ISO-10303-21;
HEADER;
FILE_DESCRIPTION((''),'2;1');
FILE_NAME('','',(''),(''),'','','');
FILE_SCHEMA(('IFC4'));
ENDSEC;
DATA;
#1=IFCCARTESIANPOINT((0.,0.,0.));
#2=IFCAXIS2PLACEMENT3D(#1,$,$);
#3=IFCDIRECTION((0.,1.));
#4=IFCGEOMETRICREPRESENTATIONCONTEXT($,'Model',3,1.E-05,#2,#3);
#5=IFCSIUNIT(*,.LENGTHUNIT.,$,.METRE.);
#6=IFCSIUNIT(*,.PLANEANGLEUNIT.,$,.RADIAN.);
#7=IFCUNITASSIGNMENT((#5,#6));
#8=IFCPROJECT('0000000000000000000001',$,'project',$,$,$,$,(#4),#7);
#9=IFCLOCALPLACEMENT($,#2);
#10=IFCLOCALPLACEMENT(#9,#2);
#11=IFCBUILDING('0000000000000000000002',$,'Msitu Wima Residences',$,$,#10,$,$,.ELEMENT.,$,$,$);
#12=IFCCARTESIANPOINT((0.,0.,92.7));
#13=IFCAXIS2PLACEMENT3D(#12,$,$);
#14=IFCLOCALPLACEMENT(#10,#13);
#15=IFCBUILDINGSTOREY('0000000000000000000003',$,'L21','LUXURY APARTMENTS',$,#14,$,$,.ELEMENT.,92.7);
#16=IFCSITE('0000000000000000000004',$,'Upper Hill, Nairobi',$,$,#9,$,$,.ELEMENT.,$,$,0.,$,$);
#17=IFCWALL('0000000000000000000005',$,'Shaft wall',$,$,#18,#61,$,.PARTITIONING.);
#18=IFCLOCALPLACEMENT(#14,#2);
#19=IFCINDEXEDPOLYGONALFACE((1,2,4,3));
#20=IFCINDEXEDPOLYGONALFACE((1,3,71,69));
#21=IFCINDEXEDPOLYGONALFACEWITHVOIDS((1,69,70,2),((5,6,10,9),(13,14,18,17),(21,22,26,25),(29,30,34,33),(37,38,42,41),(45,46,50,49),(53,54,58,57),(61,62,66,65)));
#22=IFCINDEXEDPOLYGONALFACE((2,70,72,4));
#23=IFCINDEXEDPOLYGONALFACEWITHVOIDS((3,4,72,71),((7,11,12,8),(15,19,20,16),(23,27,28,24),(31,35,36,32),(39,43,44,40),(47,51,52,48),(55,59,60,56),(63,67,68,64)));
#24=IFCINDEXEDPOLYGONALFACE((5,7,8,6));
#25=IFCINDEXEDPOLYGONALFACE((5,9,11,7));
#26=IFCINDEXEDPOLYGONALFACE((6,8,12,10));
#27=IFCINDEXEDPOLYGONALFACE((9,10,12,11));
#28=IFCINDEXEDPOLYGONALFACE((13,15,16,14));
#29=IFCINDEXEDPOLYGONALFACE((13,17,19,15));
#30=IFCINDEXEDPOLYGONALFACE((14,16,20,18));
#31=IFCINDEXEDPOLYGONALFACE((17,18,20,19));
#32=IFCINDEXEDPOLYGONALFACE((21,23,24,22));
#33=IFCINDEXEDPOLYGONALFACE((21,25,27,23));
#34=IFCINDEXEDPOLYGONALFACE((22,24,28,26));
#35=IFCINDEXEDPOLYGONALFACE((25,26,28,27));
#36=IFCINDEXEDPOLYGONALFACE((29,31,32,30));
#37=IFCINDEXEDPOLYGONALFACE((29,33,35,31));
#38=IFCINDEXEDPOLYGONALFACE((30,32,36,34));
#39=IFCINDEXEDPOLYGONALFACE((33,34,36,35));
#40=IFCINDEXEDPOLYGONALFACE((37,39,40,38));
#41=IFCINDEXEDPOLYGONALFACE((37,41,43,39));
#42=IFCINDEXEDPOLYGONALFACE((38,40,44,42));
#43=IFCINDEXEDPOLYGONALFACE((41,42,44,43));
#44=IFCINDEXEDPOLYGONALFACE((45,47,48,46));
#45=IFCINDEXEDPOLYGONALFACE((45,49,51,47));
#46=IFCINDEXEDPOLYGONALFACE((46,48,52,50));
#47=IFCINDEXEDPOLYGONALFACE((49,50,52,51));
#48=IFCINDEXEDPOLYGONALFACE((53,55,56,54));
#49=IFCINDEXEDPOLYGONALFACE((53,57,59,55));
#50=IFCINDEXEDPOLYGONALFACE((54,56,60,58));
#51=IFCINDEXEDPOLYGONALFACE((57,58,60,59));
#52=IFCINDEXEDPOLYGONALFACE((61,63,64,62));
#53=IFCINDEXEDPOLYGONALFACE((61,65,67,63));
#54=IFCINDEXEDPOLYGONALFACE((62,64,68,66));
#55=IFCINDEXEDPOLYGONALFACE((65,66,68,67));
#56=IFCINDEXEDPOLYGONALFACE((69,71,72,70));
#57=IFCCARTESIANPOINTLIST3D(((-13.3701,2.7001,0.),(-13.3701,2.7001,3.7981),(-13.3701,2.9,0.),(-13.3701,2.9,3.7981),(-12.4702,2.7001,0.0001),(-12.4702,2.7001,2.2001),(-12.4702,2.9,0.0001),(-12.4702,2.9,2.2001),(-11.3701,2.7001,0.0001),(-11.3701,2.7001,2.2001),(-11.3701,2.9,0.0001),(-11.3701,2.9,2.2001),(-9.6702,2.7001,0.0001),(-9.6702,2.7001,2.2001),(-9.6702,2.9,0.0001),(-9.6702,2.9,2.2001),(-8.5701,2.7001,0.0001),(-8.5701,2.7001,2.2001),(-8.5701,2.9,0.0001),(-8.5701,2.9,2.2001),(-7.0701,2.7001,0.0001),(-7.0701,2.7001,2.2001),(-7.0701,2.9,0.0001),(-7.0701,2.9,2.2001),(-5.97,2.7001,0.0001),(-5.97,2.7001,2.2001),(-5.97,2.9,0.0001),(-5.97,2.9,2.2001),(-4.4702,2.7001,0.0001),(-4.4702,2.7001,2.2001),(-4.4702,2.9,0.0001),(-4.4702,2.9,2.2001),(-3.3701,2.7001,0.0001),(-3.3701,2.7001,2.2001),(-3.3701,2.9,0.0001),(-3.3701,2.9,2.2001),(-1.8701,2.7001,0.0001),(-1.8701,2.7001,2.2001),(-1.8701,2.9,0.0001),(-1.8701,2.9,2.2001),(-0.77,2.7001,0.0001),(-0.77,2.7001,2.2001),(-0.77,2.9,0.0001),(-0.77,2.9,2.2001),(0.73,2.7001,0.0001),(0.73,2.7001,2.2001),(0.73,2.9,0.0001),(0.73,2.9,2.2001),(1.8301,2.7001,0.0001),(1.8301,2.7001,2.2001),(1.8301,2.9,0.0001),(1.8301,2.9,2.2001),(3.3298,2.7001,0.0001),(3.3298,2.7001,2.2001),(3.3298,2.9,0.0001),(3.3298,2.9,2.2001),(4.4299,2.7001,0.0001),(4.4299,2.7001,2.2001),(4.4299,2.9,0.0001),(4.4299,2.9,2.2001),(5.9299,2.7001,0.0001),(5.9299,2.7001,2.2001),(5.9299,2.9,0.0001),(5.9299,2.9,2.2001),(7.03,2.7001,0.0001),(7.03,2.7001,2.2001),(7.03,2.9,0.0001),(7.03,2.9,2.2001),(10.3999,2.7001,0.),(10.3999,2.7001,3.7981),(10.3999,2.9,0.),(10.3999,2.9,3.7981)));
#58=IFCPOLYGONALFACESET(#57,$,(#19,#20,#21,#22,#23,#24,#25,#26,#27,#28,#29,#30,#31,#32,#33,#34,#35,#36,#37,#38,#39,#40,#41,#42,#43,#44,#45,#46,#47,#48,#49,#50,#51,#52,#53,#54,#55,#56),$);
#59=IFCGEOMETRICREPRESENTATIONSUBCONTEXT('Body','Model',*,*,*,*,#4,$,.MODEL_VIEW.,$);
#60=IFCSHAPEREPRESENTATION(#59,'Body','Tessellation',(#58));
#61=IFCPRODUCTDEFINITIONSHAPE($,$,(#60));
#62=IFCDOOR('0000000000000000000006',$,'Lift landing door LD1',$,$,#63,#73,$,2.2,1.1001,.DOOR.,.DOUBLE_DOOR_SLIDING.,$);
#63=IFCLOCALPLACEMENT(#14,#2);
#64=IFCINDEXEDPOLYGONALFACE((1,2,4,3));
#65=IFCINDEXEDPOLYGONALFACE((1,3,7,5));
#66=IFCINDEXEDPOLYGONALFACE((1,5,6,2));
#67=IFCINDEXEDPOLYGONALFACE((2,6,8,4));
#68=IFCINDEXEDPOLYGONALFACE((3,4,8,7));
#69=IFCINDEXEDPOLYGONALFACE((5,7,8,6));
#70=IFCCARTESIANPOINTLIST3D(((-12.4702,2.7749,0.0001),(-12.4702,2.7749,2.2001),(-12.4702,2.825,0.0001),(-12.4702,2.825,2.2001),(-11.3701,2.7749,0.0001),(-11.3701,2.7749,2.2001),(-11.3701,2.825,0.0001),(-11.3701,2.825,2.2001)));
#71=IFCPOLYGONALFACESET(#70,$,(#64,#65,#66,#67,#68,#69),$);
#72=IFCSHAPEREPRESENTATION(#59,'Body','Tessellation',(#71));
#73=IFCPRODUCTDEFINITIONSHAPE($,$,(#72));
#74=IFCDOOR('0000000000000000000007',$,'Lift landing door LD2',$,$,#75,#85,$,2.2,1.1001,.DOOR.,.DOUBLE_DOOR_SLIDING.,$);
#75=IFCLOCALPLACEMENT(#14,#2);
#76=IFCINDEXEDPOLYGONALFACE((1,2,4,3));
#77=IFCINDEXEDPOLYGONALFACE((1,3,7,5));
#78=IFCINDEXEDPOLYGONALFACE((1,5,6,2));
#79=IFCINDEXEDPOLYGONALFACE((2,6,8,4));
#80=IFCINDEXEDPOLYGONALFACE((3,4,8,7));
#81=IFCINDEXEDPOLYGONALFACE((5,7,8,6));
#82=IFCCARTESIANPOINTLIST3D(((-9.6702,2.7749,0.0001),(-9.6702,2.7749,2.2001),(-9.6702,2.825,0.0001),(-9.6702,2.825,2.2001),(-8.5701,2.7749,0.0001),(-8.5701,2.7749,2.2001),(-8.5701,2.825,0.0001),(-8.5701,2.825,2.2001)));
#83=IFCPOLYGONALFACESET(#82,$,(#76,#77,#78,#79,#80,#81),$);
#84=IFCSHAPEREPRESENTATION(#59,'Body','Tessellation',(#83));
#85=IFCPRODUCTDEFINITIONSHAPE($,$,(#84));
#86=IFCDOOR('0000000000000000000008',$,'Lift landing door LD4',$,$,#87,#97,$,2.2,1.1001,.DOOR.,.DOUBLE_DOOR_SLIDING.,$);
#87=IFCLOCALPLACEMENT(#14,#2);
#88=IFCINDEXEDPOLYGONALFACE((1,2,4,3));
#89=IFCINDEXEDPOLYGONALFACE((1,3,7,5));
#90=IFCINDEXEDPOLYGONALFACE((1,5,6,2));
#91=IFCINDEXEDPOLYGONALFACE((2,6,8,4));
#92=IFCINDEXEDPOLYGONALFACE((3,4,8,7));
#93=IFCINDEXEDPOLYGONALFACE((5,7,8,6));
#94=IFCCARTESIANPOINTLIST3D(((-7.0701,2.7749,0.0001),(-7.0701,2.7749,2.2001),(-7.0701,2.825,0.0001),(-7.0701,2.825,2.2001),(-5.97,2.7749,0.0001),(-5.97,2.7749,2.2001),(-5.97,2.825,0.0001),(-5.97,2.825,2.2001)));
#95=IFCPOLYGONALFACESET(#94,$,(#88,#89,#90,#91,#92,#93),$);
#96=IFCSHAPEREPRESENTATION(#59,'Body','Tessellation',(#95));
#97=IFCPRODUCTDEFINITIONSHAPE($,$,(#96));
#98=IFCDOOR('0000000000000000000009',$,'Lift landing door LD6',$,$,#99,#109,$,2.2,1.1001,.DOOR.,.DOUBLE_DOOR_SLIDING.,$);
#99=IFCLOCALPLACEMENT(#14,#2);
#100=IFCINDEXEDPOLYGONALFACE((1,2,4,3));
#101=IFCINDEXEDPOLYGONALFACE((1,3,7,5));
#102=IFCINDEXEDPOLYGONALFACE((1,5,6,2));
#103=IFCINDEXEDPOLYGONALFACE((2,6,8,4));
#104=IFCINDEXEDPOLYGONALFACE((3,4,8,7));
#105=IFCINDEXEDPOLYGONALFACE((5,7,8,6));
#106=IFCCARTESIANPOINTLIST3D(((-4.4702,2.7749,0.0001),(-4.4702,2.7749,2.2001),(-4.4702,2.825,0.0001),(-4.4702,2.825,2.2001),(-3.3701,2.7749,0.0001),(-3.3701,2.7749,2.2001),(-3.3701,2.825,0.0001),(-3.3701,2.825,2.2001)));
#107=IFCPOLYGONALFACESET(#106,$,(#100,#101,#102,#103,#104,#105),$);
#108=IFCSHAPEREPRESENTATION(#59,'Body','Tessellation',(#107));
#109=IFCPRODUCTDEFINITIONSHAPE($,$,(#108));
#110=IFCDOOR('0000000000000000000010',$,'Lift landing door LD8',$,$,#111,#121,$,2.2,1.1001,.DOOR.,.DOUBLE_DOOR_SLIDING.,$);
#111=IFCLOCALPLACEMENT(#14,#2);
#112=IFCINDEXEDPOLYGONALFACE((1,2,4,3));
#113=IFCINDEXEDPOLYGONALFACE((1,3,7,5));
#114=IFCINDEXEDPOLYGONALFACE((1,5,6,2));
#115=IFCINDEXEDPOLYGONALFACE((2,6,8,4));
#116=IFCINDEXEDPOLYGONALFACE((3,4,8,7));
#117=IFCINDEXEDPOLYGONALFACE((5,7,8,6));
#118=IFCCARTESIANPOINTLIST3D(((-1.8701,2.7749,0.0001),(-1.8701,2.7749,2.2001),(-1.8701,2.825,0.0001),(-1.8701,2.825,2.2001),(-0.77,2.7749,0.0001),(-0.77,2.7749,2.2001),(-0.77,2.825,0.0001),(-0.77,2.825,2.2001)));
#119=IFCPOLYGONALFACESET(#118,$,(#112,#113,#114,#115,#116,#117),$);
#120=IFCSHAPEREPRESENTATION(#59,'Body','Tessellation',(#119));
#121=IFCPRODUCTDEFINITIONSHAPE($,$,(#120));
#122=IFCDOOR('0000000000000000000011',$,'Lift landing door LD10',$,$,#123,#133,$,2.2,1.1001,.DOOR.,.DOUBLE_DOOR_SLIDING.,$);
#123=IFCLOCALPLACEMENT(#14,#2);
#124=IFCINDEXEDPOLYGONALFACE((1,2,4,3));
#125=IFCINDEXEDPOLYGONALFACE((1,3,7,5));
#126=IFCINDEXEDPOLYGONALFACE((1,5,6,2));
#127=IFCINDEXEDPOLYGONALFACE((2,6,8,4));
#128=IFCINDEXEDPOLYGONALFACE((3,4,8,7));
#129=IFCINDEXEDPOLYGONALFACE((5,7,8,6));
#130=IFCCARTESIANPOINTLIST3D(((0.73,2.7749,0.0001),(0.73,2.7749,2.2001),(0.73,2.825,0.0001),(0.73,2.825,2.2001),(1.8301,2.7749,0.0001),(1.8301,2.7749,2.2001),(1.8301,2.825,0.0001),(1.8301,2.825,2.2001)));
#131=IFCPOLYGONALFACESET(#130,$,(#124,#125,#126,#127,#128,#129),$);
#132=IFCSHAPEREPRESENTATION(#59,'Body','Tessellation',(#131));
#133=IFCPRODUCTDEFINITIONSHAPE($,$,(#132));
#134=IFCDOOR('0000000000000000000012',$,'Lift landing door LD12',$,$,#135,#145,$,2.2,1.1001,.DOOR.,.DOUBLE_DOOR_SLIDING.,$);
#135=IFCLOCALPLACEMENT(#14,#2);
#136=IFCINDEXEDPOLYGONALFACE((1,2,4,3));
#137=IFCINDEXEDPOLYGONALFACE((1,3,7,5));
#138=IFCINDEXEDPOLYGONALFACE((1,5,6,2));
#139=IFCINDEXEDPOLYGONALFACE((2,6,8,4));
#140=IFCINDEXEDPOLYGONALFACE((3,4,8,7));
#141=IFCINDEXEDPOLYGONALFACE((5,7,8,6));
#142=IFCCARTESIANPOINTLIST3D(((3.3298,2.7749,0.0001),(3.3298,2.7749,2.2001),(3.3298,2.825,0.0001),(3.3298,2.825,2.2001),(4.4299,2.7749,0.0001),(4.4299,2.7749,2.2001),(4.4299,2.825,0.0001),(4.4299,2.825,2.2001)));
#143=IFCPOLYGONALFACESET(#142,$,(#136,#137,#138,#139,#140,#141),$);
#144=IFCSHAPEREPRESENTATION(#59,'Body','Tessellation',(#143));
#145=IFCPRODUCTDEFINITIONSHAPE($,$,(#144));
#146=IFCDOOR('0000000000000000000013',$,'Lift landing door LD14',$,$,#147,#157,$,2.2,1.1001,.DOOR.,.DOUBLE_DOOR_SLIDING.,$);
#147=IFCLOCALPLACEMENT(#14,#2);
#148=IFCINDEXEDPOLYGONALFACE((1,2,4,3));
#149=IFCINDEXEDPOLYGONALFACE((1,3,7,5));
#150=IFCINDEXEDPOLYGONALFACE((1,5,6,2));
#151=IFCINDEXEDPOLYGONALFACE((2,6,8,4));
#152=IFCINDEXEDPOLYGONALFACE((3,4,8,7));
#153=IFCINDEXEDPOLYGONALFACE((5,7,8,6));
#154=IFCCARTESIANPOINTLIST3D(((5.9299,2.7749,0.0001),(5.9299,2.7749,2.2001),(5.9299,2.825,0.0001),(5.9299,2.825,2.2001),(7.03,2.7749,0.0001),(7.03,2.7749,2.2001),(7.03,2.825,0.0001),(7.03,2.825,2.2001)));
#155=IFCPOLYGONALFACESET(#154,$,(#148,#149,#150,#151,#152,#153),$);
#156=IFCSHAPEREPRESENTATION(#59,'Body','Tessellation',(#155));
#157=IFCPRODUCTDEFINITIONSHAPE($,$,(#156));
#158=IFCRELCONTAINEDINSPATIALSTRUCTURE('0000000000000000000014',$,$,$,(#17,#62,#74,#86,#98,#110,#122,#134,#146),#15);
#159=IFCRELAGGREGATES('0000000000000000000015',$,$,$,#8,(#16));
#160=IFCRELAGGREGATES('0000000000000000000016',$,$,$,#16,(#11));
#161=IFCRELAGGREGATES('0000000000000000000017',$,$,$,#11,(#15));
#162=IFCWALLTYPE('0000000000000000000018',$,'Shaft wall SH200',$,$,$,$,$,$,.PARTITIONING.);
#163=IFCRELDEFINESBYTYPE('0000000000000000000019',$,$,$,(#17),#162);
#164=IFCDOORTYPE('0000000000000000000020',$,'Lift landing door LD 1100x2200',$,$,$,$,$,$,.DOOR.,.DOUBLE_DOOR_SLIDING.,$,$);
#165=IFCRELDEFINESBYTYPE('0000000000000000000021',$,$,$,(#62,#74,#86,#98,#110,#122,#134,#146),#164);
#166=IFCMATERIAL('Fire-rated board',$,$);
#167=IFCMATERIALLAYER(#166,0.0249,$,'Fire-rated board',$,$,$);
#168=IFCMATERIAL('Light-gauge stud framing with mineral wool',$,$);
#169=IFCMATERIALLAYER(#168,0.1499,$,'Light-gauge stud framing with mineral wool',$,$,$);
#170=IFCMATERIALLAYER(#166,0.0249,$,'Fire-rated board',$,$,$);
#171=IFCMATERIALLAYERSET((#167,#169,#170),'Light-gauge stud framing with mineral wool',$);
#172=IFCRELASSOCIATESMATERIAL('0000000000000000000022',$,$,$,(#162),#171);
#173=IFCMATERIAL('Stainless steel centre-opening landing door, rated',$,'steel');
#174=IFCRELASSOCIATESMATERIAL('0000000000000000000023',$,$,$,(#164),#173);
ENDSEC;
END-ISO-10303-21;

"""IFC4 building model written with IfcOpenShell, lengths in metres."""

from ifc_helpers import new_model, si_unit, direction, frame, frame_2d, origin, place, context, subcontext, project, spatial, rectangle, extrude, material, layer, layer_set, type_object, element, fill, save


model = new_model("IFC4")

# Units and contexts
model_context = context("Model", 3, precision=1e-05, world=origin(), true_north=direction((0.0, 1.0)))
body_context = subcontext(model_context, "Body", "Model", "MODEL_VIEW")
ifc_project = project(units=[si_unit("LENGTHUNIT", "METRE"), si_unit("PLANEANGLEUNIT", "RADIAN")], contexts=[model_context])

# Site, building, storey
site_placement = place(None, origin())
site = spatial("IfcSite", under=ifc_project, at=site_placement, Name="Upper Hill, Nairobi", CompositionType="ELEMENT", RefElevation=0.0)
building_placement = place(site_placement, origin())
building = spatial("IfcBuilding", under=site, at=building_placement, Name="Msitu Wima Residences", CompositionType="ELEMENT")
storey_placement = place(building_placement, frame((0.0, 0.0, 92.7)))
storey = spatial("IfcBuildingStorey", under=building, at=storey_placement, Name="L21", Description="LUXURY APARTMENTS", CompositionType="ELEMENT", Elevation=92.7)

# Wall, openings, doors
ifc_material_1 = material(Name="Fire-rated board")
ifc_layer_1 = layer(ifc_material_1, 0.0249, Name="Fire-rated board")
ifc_material_2 = material(Name="Light-gauge stud framing with mineral wool")
ifc_layer_2 = layer(ifc_material_2, 0.1499, Name="Light-gauge stud framing with mineral wool")
ifc_layer_3 = layer(ifc_material_1, 0.0249, Name="Fire-rated board")
ifc_layer_set_1 = layer_set([ifc_layer_1, ifc_layer_2, ifc_layer_3], Name="Light-gauge stud framing with mineral wool")
wall_type_1 = type_object("IfcWallType", Name="Shaft wall SH200", PredefinedType="PARTITIONING", material=ifc_layer_set_1)
wall_1_placement = place(storey_placement, frame((-13.3701, 2.8, 0.0), z_axis=(0.0, 0.0, 1.0), x_axis=(1.0, 0.0, 0.0)))
wall_1 = element("IfcWall", 1, at=wall_1_placement, inside=storey, type_object=wall_type_1, Name="Shaft wall", PredefinedType="PARTITIONING", context=body_context, shape_type="SweptSolid", body=[
    extrude(rectangle(XDim=23.77, YDim=0.2, at=frame_2d((11.885, 0.0))), origin(), (0.0, 0.0, 1.0), 3.7981),
])
opening_1_placement = place(wall_1_placement, frame((0.8999, 0.0, 0.0)))
opening_1 = element("IfcOpeningElement", 2, at=opening_1_placement, cuts=wall_1, PredefinedType="OPENING", context=body_context, shape_type="SweptSolid", body=[
    extrude(rectangle(XDim=1.1001, YDim=2.2, at=frame_2d((0.55, 1.1001))), frame((0.0, 0.1099, 0.0), z_axis=(0.0, -1.0, 0.0), x_axis=(1.0, 0.0, 0.0)), (0.0, 0.0, 1.0), 0.22),
])
opening_2_placement = place(wall_1_placement, frame((3.7, 0.0, 0.0)))
opening_2 = element("IfcOpeningElement", 3, at=opening_2_placement, cuts=wall_1, PredefinedType="OPENING", context=body_context, shape_type="SweptSolid", body=[
    extrude(rectangle(XDim=1.1001, YDim=2.2, at=frame_2d((0.55, 1.1001))), frame((0.0, 0.1099, 0.0), z_axis=(0.0, -1.0, 0.0), x_axis=(1.0, 0.0, 0.0)), (0.0, 0.0, 1.0), 0.22),
])
opening_3_placement = place(wall_1_placement, frame((6.3, 0.0, 0.0)))
opening_3 = element("IfcOpeningElement", 4, at=opening_3_placement, cuts=wall_1, PredefinedType="OPENING", context=body_context, shape_type="SweptSolid", body=[
    extrude(rectangle(XDim=1.1001, YDim=2.2, at=frame_2d((0.55, 1.1001))), frame((0.0, 0.1099, 0.0), z_axis=(0.0, -1.0, 0.0), x_axis=(1.0, 0.0, 0.0)), (0.0, 0.0, 1.0), 0.22),
])
opening_4_placement = place(wall_1_placement, frame((8.8999, 0.0, 0.0)))
opening_4 = element("IfcOpeningElement", 5, at=opening_4_placement, cuts=wall_1, PredefinedType="OPENING", context=body_context, shape_type="SweptSolid", body=[
    extrude(rectangle(XDim=1.1001, YDim=2.2, at=frame_2d((0.55, 1.1001))), frame((0.0, 0.1099, 0.0), z_axis=(0.0, -1.0, 0.0), x_axis=(1.0, 0.0, 0.0)), (0.0, 0.0, 1.0), 0.22),
])
opening_5_placement = place(wall_1_placement, frame((11.5, 0.0, 0.0)))
opening_5 = element("IfcOpeningElement", 6, at=opening_5_placement, cuts=wall_1, PredefinedType="OPENING", context=body_context, shape_type="SweptSolid", body=[
    extrude(rectangle(XDim=1.1001, YDim=2.2, at=frame_2d((0.55, 1.1001))), frame((0.0, 0.1099, 0.0), z_axis=(0.0, -1.0, 0.0), x_axis=(1.0, 0.0, 0.0)), (0.0, 0.0, 1.0), 0.22),
])
opening_6_placement = place(wall_1_placement, frame((14.1001, 0.0, 0.0)))
opening_6 = element("IfcOpeningElement", 7, at=opening_6_placement, cuts=wall_1, PredefinedType="OPENING", context=body_context, shape_type="SweptSolid", body=[
    extrude(rectangle(XDim=1.1001, YDim=2.2, at=frame_2d((0.55, 1.1001))), frame((0.0, 0.1099, 0.0), z_axis=(0.0, -1.0, 0.0), x_axis=(1.0, 0.0, 0.0)), (0.0, 0.0, 1.0), 0.22),
])
opening_7_placement = place(wall_1_placement, frame((16.7, 0.0, 0.0)))
opening_7 = element("IfcOpeningElement", 8, at=opening_7_placement, cuts=wall_1, PredefinedType="OPENING", context=body_context, shape_type="SweptSolid", body=[
    extrude(rectangle(XDim=1.1001, YDim=2.2, at=frame_2d((0.55, 1.1001))), frame((0.0, 0.1099, 0.0), z_axis=(0.0, -1.0, 0.0), x_axis=(1.0, 0.0, 0.0)), (0.0, 0.0, 1.0), 0.22),
])
opening_8_placement = place(wall_1_placement, frame((19.3, 0.0, 0.0)))
opening_8 = element("IfcOpeningElement", 9, at=opening_8_placement, cuts=wall_1, PredefinedType="OPENING", context=body_context, shape_type="SweptSolid", body=[
    extrude(rectangle(XDim=1.1001, YDim=2.2, at=frame_2d((0.55, 1.1001))), frame((0.0, 0.1099, 0.0), z_axis=(0.0, -1.0, 0.0), x_axis=(1.0, 0.0, 0.0)), (0.0, 0.0, 1.0), 0.22),
])
ifc_material_3 = material(Name="Stainless steel centre-opening landing door, rated", Category="steel")
door_type_1 = type_object("IfcDoorType", Name="Lift landing door LD 1100x2200", OperationType="DOUBLE_DOOR_SLIDING", PredefinedType="DOOR", material=ifc_material_3)
door_1_placement = place(opening_1_placement, origin())
door_1 = element("IfcDoor", 10, at=door_1_placement, inside=storey, type_object=door_type_1, Name="Lift landing door LD1", OperationType="DOUBLE_DOOR_SLIDING", OverallHeight=2.2, OverallWidth=1.1001, PredefinedType="DOOR", context=body_context, shape_type="SweptSolid", body=[
    extrude(rectangle(XDim=1.1001, YDim=2.2, at=frame_2d((0.55, 1.1001))), frame((0.0, 0.0249, 0.0), z_axis=(0.0, -1.0, 0.0), x_axis=(1.0, 0.0, 0.0)), (0.0, 0.0, 1.0), 0.05),
])
fill(opening_1, door_1)
door_2_placement = place(opening_2_placement, origin())
door_2 = element("IfcDoor", 11, at=door_2_placement, inside=storey, type_object=door_type_1, Name="Lift landing door LD2", OperationType="DOUBLE_DOOR_SLIDING", OverallHeight=2.2, OverallWidth=1.1001, PredefinedType="DOOR", context=body_context, shape_type="SweptSolid", body=[
    extrude(rectangle(XDim=1.1001, YDim=2.2, at=frame_2d((0.55, 1.1001))), frame((0.0, 0.0249, 0.0), z_axis=(0.0, -1.0, 0.0), x_axis=(1.0, 0.0, 0.0)), (0.0, 0.0, 1.0), 0.05),
])
fill(opening_2, door_2)
door_3_placement = place(opening_3_placement, origin())
door_3 = element("IfcDoor", 12, at=door_3_placement, inside=storey, type_object=door_type_1, Name="Lift landing door LD4", OperationType="DOUBLE_DOOR_SLIDING", OverallHeight=2.2, OverallWidth=1.1001, PredefinedType="DOOR", context=body_context, shape_type="SweptSolid", body=[
    extrude(rectangle(XDim=1.1001, YDim=2.2, at=frame_2d((0.55, 1.1001))), frame((0.0, 0.0249, 0.0), z_axis=(0.0, -1.0, 0.0), x_axis=(1.0, 0.0, 0.0)), (0.0, 0.0, 1.0), 0.05),
])
fill(opening_3, door_3)
door_4_placement = place(opening_4_placement, origin())
door_4 = element("IfcDoor", 13, at=door_4_placement, inside=storey, type_object=door_type_1, Name="Lift landing door LD6", OperationType="DOUBLE_DOOR_SLIDING", OverallHeight=2.2, OverallWidth=1.1001, PredefinedType="DOOR", context=body_context, shape_type="SweptSolid", body=[
    extrude(rectangle(XDim=1.1001, YDim=2.2, at=frame_2d((0.55, 1.1001))), frame((0.0, 0.0249, 0.0), z_axis=(0.0, -1.0, 0.0), x_axis=(1.0, 0.0, 0.0)), (0.0, 0.0, 1.0), 0.05),
])
fill(opening_4, door_4)
door_5_placement = place(opening_5_placement, origin())
door_5 = element("IfcDoor", 14, at=door_5_placement, inside=storey, type_object=door_type_1, Name="Lift landing door LD8", OperationType="DOUBLE_DOOR_SLIDING", OverallHeight=2.2, OverallWidth=1.1001, PredefinedType="DOOR", context=body_context, shape_type="SweptSolid", body=[
    extrude(rectangle(XDim=1.1001, YDim=2.2, at=frame_2d((0.55, 1.1001))), frame((0.0, 0.0249, 0.0), z_axis=(0.0, -1.0, 0.0), x_axis=(1.0, 0.0, 0.0)), (0.0, 0.0, 1.0), 0.05),
])
fill(opening_5, door_5)
door_6_placement = place(opening_6_placement, origin())
door_6 = element("IfcDoor", 15, at=door_6_placement, inside=storey, type_object=door_type_1, Name="Lift landing door LD10", OperationType="DOUBLE_DOOR_SLIDING", OverallHeight=2.2, OverallWidth=1.1001, PredefinedType="DOOR", context=body_context, shape_type="SweptSolid", body=[
    extrude(rectangle(XDim=1.1001, YDim=2.2, at=frame_2d((0.55, 1.1001))), frame((0.0, 0.0249, 0.0), z_axis=(0.0, -1.0, 0.0), x_axis=(1.0, 0.0, 0.0)), (0.0, 0.0, 1.0), 0.05),
])
fill(opening_6, door_6)
door_7_placement = place(opening_7_placement, origin())
door_7 = element("IfcDoor", 16, at=door_7_placement, inside=storey, type_object=door_type_1, Name="Lift landing door LD12", OperationType="DOUBLE_DOOR_SLIDING", OverallHeight=2.2, OverallWidth=1.1001, PredefinedType="DOOR", context=body_context, shape_type="SweptSolid", body=[
    extrude(rectangle(XDim=1.1001, YDim=2.2, at=frame_2d((0.55, 1.1001))), frame((0.0, 0.0249, 0.0), z_axis=(0.0, -1.0, 0.0), x_axis=(1.0, 0.0, 0.0)), (0.0, 0.0, 1.0), 0.05),
])
fill(opening_7, door_7)
door_8_placement = place(opening_8_placement, origin())
door_8 = element("IfcDoor", 17, at=door_8_placement, inside=storey, type_object=door_type_1, Name="Lift landing door LD14", OperationType="DOUBLE_DOOR_SLIDING", OverallHeight=2.2, OverallWidth=1.1001, PredefinedType="DOOR", context=body_context, shape_type="SweptSolid", body=[
    extrude(rectangle(XDim=1.1001, YDim=2.2, at=frame_2d((0.55, 1.1001))), frame((0.0, 0.0249, 0.0), z_axis=(0.0, -1.0, 0.0), x_axis=(1.0, 0.0, 0.0)), (0.0, 0.0, 1.0), 0.05),
])
fill(opening_8, door_8)

save(model, "model.ifc")
